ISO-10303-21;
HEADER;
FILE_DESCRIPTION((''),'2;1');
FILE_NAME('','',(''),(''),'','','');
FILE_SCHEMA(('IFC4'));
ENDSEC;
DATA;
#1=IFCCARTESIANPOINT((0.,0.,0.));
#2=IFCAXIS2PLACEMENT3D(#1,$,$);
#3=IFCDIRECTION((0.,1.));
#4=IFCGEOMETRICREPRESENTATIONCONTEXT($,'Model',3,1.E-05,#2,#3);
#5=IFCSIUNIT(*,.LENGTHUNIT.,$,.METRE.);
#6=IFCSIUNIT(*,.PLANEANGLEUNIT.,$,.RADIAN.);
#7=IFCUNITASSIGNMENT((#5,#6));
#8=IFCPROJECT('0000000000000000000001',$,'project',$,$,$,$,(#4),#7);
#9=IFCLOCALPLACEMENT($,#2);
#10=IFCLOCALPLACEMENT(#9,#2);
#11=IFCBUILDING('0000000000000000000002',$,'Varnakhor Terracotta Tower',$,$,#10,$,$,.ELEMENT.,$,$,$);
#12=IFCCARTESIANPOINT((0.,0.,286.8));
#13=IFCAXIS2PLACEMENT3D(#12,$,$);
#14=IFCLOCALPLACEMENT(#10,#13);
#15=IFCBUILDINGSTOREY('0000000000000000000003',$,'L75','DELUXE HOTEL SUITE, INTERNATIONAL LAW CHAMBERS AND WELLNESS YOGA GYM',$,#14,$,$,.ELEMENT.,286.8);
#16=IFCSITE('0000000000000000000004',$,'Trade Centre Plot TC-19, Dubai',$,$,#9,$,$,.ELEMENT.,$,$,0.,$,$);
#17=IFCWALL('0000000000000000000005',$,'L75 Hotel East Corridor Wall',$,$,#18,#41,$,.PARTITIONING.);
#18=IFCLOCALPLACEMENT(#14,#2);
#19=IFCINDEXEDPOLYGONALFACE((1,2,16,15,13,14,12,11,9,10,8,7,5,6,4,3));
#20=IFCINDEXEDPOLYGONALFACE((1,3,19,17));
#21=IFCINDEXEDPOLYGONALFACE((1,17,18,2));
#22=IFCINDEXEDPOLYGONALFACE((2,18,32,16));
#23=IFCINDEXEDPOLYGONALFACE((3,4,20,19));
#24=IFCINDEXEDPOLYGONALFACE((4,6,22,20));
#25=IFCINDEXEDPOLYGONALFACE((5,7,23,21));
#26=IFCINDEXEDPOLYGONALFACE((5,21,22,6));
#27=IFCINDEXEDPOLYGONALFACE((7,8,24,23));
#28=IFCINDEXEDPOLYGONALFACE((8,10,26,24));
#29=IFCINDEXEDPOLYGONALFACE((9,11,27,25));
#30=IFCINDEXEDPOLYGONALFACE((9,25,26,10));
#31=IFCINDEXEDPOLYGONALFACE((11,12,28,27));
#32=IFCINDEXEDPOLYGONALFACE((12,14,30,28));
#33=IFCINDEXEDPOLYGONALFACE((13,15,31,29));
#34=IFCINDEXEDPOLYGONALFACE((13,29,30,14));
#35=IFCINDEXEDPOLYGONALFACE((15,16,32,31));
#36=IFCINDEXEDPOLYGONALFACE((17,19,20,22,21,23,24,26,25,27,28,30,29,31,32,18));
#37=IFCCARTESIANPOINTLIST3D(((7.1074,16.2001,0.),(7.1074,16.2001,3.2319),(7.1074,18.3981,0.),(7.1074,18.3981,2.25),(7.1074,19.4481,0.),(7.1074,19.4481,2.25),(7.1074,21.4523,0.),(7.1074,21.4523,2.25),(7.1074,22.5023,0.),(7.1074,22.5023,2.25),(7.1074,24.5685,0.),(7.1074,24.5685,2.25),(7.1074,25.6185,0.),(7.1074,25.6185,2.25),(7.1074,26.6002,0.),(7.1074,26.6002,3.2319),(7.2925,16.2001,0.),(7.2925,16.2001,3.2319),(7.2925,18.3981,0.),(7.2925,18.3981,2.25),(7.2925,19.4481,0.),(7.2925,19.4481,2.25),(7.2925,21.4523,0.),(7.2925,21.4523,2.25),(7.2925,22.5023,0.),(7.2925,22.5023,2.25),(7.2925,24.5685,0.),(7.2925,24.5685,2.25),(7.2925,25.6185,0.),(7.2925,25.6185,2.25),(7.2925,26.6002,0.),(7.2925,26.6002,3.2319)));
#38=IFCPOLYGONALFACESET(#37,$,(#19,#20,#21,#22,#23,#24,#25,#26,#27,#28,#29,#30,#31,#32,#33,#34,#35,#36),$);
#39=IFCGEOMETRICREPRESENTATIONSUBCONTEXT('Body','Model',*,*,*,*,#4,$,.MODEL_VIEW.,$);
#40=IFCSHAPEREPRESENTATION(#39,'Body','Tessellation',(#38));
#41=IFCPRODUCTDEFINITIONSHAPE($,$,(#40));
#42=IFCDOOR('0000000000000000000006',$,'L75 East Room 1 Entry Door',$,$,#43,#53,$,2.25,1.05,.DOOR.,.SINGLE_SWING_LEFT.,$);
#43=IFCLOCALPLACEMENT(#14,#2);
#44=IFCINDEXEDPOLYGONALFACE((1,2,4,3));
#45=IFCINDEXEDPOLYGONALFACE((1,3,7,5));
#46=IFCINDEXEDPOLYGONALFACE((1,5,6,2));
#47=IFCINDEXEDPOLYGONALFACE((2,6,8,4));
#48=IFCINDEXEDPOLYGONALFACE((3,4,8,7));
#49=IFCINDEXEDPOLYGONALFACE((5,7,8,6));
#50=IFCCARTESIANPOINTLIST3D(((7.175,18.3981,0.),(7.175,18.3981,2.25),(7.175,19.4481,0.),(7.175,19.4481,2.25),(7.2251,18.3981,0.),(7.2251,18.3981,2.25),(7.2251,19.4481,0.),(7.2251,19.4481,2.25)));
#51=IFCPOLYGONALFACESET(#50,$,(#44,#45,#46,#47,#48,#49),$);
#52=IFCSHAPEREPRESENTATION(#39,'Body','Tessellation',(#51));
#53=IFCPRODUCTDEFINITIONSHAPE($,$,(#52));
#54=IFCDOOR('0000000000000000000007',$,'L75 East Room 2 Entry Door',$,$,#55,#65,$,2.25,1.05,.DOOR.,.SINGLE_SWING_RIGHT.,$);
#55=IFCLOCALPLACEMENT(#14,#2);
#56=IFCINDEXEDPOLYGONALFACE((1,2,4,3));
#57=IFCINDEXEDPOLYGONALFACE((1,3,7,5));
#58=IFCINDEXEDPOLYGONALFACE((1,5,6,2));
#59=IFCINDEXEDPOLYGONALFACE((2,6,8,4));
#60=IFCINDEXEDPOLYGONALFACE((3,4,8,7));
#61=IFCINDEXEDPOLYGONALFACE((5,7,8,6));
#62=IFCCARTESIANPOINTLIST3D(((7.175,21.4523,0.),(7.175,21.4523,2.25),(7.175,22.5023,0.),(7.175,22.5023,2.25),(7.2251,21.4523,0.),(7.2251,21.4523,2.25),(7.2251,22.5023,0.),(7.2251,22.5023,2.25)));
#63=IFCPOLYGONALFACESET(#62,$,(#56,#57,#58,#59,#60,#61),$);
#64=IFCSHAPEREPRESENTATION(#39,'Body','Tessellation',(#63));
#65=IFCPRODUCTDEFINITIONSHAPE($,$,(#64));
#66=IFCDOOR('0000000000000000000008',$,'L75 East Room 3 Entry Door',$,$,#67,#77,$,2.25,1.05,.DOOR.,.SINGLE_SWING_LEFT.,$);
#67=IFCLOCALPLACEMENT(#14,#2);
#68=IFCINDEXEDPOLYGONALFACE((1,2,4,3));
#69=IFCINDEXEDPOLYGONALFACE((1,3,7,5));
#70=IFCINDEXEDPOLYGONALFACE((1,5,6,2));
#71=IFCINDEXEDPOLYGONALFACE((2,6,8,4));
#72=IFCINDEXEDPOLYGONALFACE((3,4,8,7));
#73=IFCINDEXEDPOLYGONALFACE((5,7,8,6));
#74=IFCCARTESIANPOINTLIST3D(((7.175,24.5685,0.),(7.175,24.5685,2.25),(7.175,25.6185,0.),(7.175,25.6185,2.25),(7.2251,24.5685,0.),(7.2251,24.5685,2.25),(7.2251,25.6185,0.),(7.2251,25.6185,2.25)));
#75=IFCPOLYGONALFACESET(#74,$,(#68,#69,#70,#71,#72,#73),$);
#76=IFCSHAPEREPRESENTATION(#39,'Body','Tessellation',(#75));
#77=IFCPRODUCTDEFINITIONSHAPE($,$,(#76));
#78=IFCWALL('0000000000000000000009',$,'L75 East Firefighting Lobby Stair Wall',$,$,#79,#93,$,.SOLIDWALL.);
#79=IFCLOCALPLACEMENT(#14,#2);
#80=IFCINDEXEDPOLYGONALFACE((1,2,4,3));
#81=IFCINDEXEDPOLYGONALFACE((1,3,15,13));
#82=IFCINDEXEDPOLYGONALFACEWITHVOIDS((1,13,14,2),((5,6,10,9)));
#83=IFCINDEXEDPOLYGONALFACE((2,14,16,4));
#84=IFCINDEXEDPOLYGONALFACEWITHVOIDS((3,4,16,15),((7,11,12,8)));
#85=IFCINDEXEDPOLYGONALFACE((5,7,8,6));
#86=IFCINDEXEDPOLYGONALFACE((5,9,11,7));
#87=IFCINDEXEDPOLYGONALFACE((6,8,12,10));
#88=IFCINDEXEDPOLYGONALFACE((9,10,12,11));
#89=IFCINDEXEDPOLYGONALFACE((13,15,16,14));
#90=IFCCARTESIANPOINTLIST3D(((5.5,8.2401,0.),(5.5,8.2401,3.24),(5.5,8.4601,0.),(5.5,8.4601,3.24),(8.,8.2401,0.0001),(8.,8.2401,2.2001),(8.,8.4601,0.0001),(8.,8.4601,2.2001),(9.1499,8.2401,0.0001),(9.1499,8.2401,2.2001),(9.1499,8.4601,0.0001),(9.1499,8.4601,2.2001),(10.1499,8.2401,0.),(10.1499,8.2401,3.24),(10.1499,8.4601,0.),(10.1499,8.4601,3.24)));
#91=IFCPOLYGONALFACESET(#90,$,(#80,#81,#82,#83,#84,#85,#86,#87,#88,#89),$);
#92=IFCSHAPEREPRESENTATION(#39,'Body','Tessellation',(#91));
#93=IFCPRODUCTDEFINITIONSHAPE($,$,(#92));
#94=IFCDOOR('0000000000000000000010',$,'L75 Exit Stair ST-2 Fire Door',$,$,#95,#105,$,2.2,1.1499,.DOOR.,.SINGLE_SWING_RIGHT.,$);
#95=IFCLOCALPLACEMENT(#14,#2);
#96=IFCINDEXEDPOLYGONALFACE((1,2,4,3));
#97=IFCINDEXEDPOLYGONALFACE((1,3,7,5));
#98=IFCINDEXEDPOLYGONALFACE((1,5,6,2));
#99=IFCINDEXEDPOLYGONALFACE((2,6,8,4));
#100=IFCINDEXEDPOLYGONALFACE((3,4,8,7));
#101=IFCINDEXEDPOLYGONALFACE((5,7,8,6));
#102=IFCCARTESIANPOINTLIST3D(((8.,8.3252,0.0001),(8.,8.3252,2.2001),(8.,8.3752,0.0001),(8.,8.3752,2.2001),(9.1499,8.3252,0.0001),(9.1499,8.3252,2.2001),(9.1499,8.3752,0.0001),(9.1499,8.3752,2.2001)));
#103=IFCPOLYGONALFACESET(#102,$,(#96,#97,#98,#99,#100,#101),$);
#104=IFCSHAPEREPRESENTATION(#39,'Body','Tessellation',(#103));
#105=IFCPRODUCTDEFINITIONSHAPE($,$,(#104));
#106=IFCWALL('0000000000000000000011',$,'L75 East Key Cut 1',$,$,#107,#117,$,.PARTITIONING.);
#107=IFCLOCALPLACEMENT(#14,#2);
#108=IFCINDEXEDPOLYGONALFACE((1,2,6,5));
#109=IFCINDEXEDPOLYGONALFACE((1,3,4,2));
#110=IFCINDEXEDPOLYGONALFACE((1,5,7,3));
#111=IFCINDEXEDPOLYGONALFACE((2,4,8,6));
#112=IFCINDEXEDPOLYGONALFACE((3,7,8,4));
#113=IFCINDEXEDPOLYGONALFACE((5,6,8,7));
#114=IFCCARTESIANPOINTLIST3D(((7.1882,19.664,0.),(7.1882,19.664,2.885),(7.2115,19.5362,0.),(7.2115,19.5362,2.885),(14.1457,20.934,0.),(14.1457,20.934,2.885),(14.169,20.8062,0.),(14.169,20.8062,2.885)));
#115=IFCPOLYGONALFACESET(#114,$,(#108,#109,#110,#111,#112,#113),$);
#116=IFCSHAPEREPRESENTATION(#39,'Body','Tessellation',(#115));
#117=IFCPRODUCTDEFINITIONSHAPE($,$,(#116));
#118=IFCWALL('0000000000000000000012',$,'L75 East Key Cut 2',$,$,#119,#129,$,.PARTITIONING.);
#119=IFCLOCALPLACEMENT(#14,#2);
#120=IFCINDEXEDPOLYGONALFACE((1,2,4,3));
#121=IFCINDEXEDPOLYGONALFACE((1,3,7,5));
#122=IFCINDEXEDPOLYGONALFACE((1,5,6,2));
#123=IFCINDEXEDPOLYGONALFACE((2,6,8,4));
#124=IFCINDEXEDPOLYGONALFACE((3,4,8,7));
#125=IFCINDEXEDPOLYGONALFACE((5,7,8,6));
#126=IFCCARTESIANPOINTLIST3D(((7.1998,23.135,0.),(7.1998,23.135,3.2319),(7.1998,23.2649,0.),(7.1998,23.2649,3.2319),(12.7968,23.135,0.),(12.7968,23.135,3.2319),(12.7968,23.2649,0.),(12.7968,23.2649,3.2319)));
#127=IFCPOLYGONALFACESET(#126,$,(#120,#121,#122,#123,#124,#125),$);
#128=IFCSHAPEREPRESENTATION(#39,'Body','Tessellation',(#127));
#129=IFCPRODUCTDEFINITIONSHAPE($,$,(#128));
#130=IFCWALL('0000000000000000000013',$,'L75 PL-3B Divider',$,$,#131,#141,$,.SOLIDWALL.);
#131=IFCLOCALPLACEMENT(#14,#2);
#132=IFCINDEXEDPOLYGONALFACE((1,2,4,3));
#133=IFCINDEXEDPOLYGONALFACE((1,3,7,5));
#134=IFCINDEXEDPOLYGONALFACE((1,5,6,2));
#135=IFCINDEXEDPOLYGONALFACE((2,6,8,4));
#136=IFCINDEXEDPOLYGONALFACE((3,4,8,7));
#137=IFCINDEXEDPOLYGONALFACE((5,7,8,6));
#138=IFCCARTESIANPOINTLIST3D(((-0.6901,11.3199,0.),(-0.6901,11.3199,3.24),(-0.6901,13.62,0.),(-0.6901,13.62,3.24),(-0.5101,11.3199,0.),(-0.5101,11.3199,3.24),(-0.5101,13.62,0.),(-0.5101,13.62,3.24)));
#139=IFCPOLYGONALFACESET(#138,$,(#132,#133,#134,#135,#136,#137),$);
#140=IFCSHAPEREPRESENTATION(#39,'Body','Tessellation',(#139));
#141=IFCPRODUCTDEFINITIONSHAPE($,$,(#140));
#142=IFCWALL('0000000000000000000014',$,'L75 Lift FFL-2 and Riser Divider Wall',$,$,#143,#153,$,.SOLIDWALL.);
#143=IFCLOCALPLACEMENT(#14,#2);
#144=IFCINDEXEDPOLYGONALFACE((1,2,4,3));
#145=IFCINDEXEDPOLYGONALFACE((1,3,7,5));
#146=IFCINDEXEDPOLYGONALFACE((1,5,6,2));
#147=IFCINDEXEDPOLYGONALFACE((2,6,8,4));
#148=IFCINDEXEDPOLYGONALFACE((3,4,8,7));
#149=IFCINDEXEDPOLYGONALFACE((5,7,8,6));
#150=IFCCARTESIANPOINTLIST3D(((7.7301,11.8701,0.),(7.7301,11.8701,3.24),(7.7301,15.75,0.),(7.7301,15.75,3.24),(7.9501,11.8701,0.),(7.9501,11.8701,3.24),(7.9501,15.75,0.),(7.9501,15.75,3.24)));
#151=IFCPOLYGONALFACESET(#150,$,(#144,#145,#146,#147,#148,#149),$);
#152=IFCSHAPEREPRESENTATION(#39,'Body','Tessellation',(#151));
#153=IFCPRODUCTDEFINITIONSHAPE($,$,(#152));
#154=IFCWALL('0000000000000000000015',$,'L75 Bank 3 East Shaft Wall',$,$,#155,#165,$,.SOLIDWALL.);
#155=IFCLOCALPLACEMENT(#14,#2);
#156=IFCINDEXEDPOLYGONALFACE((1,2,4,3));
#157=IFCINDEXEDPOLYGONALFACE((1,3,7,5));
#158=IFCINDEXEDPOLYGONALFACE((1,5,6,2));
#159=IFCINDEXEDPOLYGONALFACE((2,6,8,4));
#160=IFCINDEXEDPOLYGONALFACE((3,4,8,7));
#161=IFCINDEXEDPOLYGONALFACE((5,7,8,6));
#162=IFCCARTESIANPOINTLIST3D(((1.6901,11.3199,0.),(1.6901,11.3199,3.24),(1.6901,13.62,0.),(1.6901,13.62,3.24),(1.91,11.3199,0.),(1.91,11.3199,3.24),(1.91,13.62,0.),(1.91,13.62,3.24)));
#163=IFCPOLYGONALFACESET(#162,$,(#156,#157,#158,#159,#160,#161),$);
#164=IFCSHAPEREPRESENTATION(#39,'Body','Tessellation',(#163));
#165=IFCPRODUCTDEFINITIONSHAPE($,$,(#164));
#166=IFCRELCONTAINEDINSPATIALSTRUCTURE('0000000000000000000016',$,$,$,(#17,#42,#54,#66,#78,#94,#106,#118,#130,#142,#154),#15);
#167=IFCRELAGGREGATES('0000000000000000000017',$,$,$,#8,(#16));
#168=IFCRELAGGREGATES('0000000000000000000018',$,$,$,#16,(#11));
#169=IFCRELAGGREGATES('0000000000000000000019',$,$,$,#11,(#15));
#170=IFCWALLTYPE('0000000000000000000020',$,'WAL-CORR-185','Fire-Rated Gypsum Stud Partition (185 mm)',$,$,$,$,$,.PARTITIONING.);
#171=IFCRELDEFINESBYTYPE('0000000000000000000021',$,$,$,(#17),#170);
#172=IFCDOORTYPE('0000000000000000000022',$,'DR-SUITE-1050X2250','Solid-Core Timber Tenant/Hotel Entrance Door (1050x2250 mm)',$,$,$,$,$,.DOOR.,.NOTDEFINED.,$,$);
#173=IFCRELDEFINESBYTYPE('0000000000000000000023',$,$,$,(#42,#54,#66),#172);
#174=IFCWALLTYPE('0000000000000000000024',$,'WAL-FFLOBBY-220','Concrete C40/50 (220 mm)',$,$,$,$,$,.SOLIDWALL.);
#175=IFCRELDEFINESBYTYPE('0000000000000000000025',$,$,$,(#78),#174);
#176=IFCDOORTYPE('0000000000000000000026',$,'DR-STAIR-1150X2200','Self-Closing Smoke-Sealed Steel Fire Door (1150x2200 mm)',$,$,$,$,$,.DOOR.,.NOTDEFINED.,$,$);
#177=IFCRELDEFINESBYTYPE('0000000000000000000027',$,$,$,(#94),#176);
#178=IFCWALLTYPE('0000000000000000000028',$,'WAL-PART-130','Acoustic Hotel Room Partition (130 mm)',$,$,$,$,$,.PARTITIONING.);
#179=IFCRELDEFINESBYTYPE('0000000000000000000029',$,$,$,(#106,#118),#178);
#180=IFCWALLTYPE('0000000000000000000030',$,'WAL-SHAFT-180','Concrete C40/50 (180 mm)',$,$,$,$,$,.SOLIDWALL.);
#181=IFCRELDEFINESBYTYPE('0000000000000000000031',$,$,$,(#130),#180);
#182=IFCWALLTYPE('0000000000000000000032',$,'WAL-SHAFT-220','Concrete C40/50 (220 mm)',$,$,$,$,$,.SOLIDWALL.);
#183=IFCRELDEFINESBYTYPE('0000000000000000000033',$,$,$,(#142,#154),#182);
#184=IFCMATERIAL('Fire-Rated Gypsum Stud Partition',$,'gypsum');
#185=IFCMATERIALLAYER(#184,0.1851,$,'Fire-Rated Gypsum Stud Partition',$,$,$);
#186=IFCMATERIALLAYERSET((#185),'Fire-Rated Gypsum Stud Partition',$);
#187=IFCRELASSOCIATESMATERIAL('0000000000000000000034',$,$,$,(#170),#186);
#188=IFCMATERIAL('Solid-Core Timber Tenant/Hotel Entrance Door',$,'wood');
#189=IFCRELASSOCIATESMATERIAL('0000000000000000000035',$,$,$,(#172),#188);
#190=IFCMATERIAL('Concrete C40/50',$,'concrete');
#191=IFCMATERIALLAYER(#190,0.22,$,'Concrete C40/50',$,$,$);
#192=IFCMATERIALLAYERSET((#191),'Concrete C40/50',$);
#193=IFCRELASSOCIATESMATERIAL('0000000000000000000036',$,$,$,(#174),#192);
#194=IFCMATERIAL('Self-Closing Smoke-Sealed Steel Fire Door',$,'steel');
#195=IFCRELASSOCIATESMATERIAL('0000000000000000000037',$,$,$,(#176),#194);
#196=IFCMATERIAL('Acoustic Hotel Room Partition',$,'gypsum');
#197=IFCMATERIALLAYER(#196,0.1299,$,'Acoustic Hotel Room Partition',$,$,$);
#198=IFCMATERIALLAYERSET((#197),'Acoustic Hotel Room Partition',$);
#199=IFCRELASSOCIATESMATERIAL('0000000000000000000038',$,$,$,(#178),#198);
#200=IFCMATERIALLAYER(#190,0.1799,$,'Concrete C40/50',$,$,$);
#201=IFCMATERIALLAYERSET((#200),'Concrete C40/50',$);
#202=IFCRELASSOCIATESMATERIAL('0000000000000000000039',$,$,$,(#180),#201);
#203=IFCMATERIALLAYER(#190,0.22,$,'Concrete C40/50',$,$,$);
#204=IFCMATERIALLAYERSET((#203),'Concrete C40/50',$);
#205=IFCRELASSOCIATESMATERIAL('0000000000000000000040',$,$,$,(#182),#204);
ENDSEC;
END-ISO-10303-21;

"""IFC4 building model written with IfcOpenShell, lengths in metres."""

from ifc_helpers import new_model, si_unit, direction, frame, frame_2d, origin, place, context, subcontext, project, spatial, rectangle, extrude, source, transform, mapped, material, layer, layer_set, type_object, type_shapes, element, fill, save


model = new_model("IFC4")

# Units and contexts
model_context = context("Model", 3, precision=1e-05, world=origin(), true_north=direction((0.0, 1.0)))
body_context = subcontext(model_context, "Body", "Model", "MODEL_VIEW")
ifc_project = project(units=[si_unit("LENGTHUNIT", "METRE"), si_unit("PLANEANGLEUNIT", "RADIAN")], contexts=[model_context])

# Site, building, storey
site_placement = place(None, origin())
site = spatial("IfcSite", under=ifc_project, at=site_placement, Name="Trade Centre Plot TC-19, Dubai", CompositionType="ELEMENT", RefElevation=0.0)
building_placement = place(site_placement, origin())
building = spatial("IfcBuilding", under=site, at=building_placement, Name="Varnakhor Terracotta Tower", CompositionType="ELEMENT")
storey_placement = place(building_placement, frame((0.0, 0.0, 286.8)))
storey = spatial("IfcBuildingStorey", under=building, at=storey_placement, Name="L75", Description="DELUXE HOTEL SUITE, INTERNATIONAL LAW CHAMBERS AND WELLNESS YOGA GYM", CompositionType="ELEMENT", Elevation=286.8)

# Shared definitions
ifc_material_1 = material(Name="Fire-Rated Gypsum Stud Partition", Category="gypsum")
ifc_layer_1 = layer(ifc_material_1, 0.1851, Name="Fire-Rated Gypsum Stud Partition")
ifc_layer_set_1 = layer_set([ifc_layer_1], Name="Fire-Rated Gypsum Stud Partition")
wall_type_1 = type_object("IfcWallType", Name="WAL-CORR-185", Description="Fire-Rated Gypsum Stud Partition (185 mm)", PredefinedType="PARTITIONING", material=ifc_layer_set_1)

# Wall, openings, doors
wall_1_placement = place(storey_placement, frame((7.2, 16.2, 0.0), z_axis=(0.0, 0.0, 1.0), x_axis=(0.0, 1.0, 0.0)))
wall_1 = element("IfcWall", 1, at=wall_1_placement, inside=storey, type_object=wall_type_1, Name="L75 Hotel East Corridor Wall", PredefinedType="PARTITIONING", context=body_context, shape_type="SweptSolid", body=[
    extrude(rectangle(XDim=10.4001, YDim=0.1851, at=frame_2d((5.2002, 0.0))), origin(), (0.0, 0.0, 1.0), 3.2319),
])
opening_1_placement = place(wall_1_placement, frame((2.1982, 0.0, 0.0)))
opening_1 = element("IfcOpeningElement", 2, at=opening_1_placement, cuts=wall_1, PredefinedType="OPENING", context=body_context, shape_type="SweptSolid", body=[
    extrude(rectangle(XDim=1.05, YDim=2.25, at=frame_2d((0.5249, 1.125))), frame((0.0, 0.1025, 0.0), z_axis=(0.0, -1.0, 0.0), x_axis=(1.0, 0.0, 0.0)), (0.0, 0.0, 1.0), 0.2051),
])
opening_2_placement = place(wall_1_placement, frame((5.2524, 0.0, 0.0)))
opening_2 = element("IfcOpeningElement", 3, at=opening_2_placement, cuts=wall_1, PredefinedType="OPENING", context=body_context, shape_type="SweptSolid", body=[
    extrude(rectangle(XDim=1.05, YDim=2.25, at=frame_2d((0.5249, 1.125))), frame((0.0, 0.1025, 0.0), z_axis=(0.0, -1.0, 0.0), x_axis=(1.0, 0.0, 0.0)), (0.0, 0.0, 1.0), 0.2051),
])
opening_3_placement = place(wall_1_placement, frame((8.3687, 0.0, 0.0)))
opening_3 = element("IfcOpeningElement", 4, at=opening_3_placement, cuts=wall_1, PredefinedType="OPENING", context=body_context, shape_type="SweptSolid", body=[
    extrude(rectangle(XDim=1.05, YDim=2.25, at=frame_2d((0.5249, 1.125))), frame((0.0, 0.1025, 0.0), z_axis=(0.0, -1.0, 0.0), x_axis=(1.0, 0.0, 0.0)), (0.0, 0.0, 1.0), 0.2051),
])
ifc_material_2 = material(Name="Solid-Core Timber Tenant/Hotel Entrance Door", Category="wood")
door_type_1 = type_object("IfcDoorType", Name="DR-SUITE-1050X2250", Description="Solid-Core Timber Tenant/Hotel Entrance Door (1050x2250 mm)", OperationType="NOTDEFINED", PredefinedType="DOOR", material=ifc_material_2)
shared_shape_1 = source(origin(), body_context, "Body", "SweptSolid", [
    extrude(rectangle(XDim=1.05, YDim=2.25, at=frame_2d((0.5249, 1.125))), frame((0.0, 0.0249, 0.0), z_axis=(0.0, -1.0, 0.0), x_axis=(1.0, 0.0, 0.0)), (0.0, 0.0, 1.0), 0.05),
])
type_shapes(door_type_1, [shared_shape_1])
door_1_placement = place(opening_1_placement, origin())
door_1 = element("IfcDoor", 5, at=door_1_placement, inside=storey, type_object=door_type_1, Name="L75 East Room 1 Entry Door", OperationType="SINGLE_SWING_LEFT", OverallHeight=2.25, OverallWidth=1.05, PredefinedType="DOOR", context=body_context, shape_type="MappedRepresentation", body=[
    mapped(shared_shape_1, transform((0.0, 0.0, 0.0), scale=1.0)),
])
fill(opening_1, door_1)
door_2_placement = place(opening_2_placement, origin())
door_2 = element("IfcDoor", 6, at=door_2_placement, inside=storey, type_object=door_type_1, Name="L75 East Room 2 Entry Door", OperationType="SINGLE_SWING_RIGHT", OverallHeight=2.25, OverallWidth=1.05, PredefinedType="DOOR", context=body_context, shape_type="MappedRepresentation", body=[
    mapped(shared_shape_1, transform((0.0, 0.0, 0.0), scale=1.0)),
])
fill(opening_2, door_2)
door_3_placement = place(opening_3_placement, origin())
door_3 = element("IfcDoor", 7, at=door_3_placement, inside=storey, type_object=door_type_1, Name="L75 East Room 3 Entry Door", OperationType="SINGLE_SWING_LEFT", OverallHeight=2.25, OverallWidth=1.05, PredefinedType="DOOR", context=body_context, shape_type="MappedRepresentation", body=[
    mapped(shared_shape_1, transform((0.0, 0.0, 0.0), scale=1.0)),
])
fill(opening_3, door_3)

# Wall, opening, door
ifc_material_3 = material(Name="Concrete C40/50", Category="concrete")
ifc_layer_2 = layer(ifc_material_3, 0.22, Name="Concrete C40/50")
ifc_layer_set_2 = layer_set([ifc_layer_2], Name="Concrete C40/50")
wall_type_2 = type_object("IfcWallType", Name="WAL-FFLOBBY-220", Description="Concrete C40/50 (220 mm)", PredefinedType="SOLIDWALL", material=ifc_layer_set_2)
wall_2_placement = place(storey_placement, frame((10.1499, 8.3501, 0.0), z_axis=(0.0, 0.0, 1.0), x_axis=(-1.0, 0.0, 0.0)))
wall_2 = element("IfcWall", 8, at=wall_2_placement, inside=storey, type_object=wall_type_2, Name="L75 East Firefighting Lobby Stair Wall", PredefinedType="SOLIDWALL", context=body_context, shape_type="SweptSolid", body=[
    extrude(rectangle(XDim=4.6499, YDim=0.22, at=frame_2d((2.325, 0.0))), origin(), (0.0, 0.0, 1.0), 3.24),
])
opening_4_placement = place(wall_2_placement, frame((1.0, 0.0, 0.0)))
opening_4 = element("IfcOpeningElement", 9, at=opening_4_placement, cuts=wall_2, PredefinedType="OPENING", context=body_context, shape_type="SweptSolid", body=[
    extrude(rectangle(XDim=1.1499, YDim=2.2, at=frame_2d((0.575, 1.1001))), frame((0.0, 0.1201, 0.0), z_axis=(0.0, -1.0, 0.0), x_axis=(1.0, 0.0, 0.0)), (0.0, 0.0, 1.0), 0.24),
])
ifc_material_4 = material(Name="Self-Closing Smoke-Sealed Steel Fire Door", Category="steel")
door_type_2 = type_object("IfcDoorType", Name="DR-STAIR-1150X2200", Description="Self-Closing Smoke-Sealed Steel Fire Door (1150x2200 mm)", OperationType="NOTDEFINED", PredefinedType="DOOR", material=ifc_material_4)
shared_shape_2 = source(origin(), body_context, "Body", "SweptSolid", [
    extrude(rectangle(XDim=1.1499, YDim=2.2, at=frame_2d((0.575, 1.1001))), frame((0.0, 0.0249, 0.0), z_axis=(0.0, -1.0, 0.0), x_axis=(1.0, 0.0, 0.0)), (0.0, 0.0, 1.0), 0.05),
])
type_shapes(door_type_2, [shared_shape_2])
door_4_placement = place(opening_4_placement, origin())
door_4 = element("IfcDoor", 10, at=door_4_placement, inside=storey, type_object=door_type_2, Name="L75 Exit Stair ST-2 Fire Door", OperationType="SINGLE_SWING_RIGHT", OverallHeight=2.2, OverallWidth=1.1499, PredefinedType="DOOR", context=body_context, shape_type="MappedRepresentation", body=[
    mapped(shared_shape_2, transform((0.0, 0.0, 0.0), scale=1.0)),
])
fill(opening_4, door_4)

# Walls
ifc_material_5 = material(Name="Acoustic Hotel Room Partition", Category="gypsum")
ifc_layer_3 = layer(ifc_material_5, 0.1299, Name="Acoustic Hotel Room Partition")
ifc_layer_set_3 = layer_set([ifc_layer_3], Name="Acoustic Hotel Room Partition")
wall_type_3 = type_object("IfcWallType", Name="WAL-PART-130", Description="Acoustic Hotel Room Partition (130 mm)", PredefinedType="PARTITIONING", material=ifc_layer_set_3)
wall_3_placement = place(storey_placement, frame((7.2, 19.6001, 0.0), z_axis=(0.0, 0.0, 1.0), x_axis=(0.983745, 0.179572, 0.0)))
element("IfcWall", 11, at=wall_3_placement, inside=storey, type_object=wall_type_3, Name="L75 East Key Cut 1", PredefinedType="PARTITIONING", context=body_context, shape_type="SweptSolid", body=[
    extrude(rectangle(XDim=7.0725, YDim=0.1299, at=frame_2d((3.5361, 0.0))), origin(), (0.0, 0.0, 1.0), 2.885),
])
wall_4_placement = place(storey_placement, frame((7.2, 23.2, 0.0), z_axis=(0.0, 0.0, 1.0), x_axis=(1.0, 0.0, 0.0)))
element("IfcWall", 12, at=wall_4_placement, inside=storey, type_object=wall_type_3, Name="L75 East Key Cut 2", PredefinedType="PARTITIONING", context=body_context, shape_type="SweptSolid", body=[
    extrude(rectangle(XDim=5.5969, YDim=0.1299, at=frame_2d((2.7983, 0.0))), origin(), (0.0, 0.0, 1.0), 3.2319),
])
ifc_layer_4 = layer(ifc_material_3, 0.1799, Name="Concrete C40/50")
ifc_layer_set_4 = layer_set([ifc_layer_4], Name="Concrete C40/50")
wall_type_4 = type_object("IfcWallType", Name="WAL-SHAFT-180", Description="Concrete C40/50 (180 mm)", PredefinedType="SOLIDWALL", material=ifc_layer_set_4)
wall_5_placement = place(storey_placement, frame((-0.6001, 11.3201, 0.0), z_axis=(0.0, 0.0, 1.0), x_axis=(0.0, 1.0, 0.0)))
element("IfcWall", 13, at=wall_5_placement, inside=storey, type_object=wall_type_4, Name="L75 PL-3B Divider", PredefinedType="SOLIDWALL", context=body_context, shape_type="SweptSolid", body=[
    extrude(rectangle(XDim=2.3, YDim=0.1799, at=frame_2d((1.1499, 0.0))), origin(), (0.0, 0.0, 1.0), 3.24),
])
ifc_layer_5 = layer(ifc_material_3, 0.22, Name="Concrete C40/50")
ifc_layer_set_5 = layer_set([ifc_layer_5], Name="Concrete C40/50")
wall_type_5 = type_object("IfcWallType", Name="WAL-SHAFT-220", Description="Concrete C40/50 (220 mm)", PredefinedType="SOLIDWALL", material=ifc_layer_set_5)
wall_6_placement = place(storey_placement, frame((7.8401, 11.8701, 0.0), z_axis=(0.0, 0.0, 1.0), x_axis=(0.0, 1.0, 0.0)))
element("IfcWall", 14, at=wall_6_placement, inside=storey, type_object=wall_type_5, Name="L75 Lift FFL-2 and Riser Divider Wall", PredefinedType="SOLIDWALL", context=body_context, shape_type="SweptSolid", body=[
    extrude(rectangle(XDim=3.8799, YDim=0.22, at=frame_2d((1.9399, 0.0))), origin(), (0.0, 0.0, 1.0), 3.24),
])
wall_7_placement = place(storey_placement, frame((1.8, 11.3201, 0.0), z_axis=(0.0, 0.0, 1.0), x_axis=(0.0, 1.0, 0.0)))
element("IfcWall", 15, at=wall_7_placement, inside=storey, type_object=wall_type_5, Name="L75 Bank 3 East Shaft Wall", PredefinedType="SOLIDWALL", context=body_context, shape_type="SweptSolid", body=[
    extrude(rectangle(XDim=2.3, YDim=0.22, at=frame_2d((1.1499, 0.0))), origin(), (0.0, 0.0, 1.0), 3.24),
])

save(model, "model.ifc")
